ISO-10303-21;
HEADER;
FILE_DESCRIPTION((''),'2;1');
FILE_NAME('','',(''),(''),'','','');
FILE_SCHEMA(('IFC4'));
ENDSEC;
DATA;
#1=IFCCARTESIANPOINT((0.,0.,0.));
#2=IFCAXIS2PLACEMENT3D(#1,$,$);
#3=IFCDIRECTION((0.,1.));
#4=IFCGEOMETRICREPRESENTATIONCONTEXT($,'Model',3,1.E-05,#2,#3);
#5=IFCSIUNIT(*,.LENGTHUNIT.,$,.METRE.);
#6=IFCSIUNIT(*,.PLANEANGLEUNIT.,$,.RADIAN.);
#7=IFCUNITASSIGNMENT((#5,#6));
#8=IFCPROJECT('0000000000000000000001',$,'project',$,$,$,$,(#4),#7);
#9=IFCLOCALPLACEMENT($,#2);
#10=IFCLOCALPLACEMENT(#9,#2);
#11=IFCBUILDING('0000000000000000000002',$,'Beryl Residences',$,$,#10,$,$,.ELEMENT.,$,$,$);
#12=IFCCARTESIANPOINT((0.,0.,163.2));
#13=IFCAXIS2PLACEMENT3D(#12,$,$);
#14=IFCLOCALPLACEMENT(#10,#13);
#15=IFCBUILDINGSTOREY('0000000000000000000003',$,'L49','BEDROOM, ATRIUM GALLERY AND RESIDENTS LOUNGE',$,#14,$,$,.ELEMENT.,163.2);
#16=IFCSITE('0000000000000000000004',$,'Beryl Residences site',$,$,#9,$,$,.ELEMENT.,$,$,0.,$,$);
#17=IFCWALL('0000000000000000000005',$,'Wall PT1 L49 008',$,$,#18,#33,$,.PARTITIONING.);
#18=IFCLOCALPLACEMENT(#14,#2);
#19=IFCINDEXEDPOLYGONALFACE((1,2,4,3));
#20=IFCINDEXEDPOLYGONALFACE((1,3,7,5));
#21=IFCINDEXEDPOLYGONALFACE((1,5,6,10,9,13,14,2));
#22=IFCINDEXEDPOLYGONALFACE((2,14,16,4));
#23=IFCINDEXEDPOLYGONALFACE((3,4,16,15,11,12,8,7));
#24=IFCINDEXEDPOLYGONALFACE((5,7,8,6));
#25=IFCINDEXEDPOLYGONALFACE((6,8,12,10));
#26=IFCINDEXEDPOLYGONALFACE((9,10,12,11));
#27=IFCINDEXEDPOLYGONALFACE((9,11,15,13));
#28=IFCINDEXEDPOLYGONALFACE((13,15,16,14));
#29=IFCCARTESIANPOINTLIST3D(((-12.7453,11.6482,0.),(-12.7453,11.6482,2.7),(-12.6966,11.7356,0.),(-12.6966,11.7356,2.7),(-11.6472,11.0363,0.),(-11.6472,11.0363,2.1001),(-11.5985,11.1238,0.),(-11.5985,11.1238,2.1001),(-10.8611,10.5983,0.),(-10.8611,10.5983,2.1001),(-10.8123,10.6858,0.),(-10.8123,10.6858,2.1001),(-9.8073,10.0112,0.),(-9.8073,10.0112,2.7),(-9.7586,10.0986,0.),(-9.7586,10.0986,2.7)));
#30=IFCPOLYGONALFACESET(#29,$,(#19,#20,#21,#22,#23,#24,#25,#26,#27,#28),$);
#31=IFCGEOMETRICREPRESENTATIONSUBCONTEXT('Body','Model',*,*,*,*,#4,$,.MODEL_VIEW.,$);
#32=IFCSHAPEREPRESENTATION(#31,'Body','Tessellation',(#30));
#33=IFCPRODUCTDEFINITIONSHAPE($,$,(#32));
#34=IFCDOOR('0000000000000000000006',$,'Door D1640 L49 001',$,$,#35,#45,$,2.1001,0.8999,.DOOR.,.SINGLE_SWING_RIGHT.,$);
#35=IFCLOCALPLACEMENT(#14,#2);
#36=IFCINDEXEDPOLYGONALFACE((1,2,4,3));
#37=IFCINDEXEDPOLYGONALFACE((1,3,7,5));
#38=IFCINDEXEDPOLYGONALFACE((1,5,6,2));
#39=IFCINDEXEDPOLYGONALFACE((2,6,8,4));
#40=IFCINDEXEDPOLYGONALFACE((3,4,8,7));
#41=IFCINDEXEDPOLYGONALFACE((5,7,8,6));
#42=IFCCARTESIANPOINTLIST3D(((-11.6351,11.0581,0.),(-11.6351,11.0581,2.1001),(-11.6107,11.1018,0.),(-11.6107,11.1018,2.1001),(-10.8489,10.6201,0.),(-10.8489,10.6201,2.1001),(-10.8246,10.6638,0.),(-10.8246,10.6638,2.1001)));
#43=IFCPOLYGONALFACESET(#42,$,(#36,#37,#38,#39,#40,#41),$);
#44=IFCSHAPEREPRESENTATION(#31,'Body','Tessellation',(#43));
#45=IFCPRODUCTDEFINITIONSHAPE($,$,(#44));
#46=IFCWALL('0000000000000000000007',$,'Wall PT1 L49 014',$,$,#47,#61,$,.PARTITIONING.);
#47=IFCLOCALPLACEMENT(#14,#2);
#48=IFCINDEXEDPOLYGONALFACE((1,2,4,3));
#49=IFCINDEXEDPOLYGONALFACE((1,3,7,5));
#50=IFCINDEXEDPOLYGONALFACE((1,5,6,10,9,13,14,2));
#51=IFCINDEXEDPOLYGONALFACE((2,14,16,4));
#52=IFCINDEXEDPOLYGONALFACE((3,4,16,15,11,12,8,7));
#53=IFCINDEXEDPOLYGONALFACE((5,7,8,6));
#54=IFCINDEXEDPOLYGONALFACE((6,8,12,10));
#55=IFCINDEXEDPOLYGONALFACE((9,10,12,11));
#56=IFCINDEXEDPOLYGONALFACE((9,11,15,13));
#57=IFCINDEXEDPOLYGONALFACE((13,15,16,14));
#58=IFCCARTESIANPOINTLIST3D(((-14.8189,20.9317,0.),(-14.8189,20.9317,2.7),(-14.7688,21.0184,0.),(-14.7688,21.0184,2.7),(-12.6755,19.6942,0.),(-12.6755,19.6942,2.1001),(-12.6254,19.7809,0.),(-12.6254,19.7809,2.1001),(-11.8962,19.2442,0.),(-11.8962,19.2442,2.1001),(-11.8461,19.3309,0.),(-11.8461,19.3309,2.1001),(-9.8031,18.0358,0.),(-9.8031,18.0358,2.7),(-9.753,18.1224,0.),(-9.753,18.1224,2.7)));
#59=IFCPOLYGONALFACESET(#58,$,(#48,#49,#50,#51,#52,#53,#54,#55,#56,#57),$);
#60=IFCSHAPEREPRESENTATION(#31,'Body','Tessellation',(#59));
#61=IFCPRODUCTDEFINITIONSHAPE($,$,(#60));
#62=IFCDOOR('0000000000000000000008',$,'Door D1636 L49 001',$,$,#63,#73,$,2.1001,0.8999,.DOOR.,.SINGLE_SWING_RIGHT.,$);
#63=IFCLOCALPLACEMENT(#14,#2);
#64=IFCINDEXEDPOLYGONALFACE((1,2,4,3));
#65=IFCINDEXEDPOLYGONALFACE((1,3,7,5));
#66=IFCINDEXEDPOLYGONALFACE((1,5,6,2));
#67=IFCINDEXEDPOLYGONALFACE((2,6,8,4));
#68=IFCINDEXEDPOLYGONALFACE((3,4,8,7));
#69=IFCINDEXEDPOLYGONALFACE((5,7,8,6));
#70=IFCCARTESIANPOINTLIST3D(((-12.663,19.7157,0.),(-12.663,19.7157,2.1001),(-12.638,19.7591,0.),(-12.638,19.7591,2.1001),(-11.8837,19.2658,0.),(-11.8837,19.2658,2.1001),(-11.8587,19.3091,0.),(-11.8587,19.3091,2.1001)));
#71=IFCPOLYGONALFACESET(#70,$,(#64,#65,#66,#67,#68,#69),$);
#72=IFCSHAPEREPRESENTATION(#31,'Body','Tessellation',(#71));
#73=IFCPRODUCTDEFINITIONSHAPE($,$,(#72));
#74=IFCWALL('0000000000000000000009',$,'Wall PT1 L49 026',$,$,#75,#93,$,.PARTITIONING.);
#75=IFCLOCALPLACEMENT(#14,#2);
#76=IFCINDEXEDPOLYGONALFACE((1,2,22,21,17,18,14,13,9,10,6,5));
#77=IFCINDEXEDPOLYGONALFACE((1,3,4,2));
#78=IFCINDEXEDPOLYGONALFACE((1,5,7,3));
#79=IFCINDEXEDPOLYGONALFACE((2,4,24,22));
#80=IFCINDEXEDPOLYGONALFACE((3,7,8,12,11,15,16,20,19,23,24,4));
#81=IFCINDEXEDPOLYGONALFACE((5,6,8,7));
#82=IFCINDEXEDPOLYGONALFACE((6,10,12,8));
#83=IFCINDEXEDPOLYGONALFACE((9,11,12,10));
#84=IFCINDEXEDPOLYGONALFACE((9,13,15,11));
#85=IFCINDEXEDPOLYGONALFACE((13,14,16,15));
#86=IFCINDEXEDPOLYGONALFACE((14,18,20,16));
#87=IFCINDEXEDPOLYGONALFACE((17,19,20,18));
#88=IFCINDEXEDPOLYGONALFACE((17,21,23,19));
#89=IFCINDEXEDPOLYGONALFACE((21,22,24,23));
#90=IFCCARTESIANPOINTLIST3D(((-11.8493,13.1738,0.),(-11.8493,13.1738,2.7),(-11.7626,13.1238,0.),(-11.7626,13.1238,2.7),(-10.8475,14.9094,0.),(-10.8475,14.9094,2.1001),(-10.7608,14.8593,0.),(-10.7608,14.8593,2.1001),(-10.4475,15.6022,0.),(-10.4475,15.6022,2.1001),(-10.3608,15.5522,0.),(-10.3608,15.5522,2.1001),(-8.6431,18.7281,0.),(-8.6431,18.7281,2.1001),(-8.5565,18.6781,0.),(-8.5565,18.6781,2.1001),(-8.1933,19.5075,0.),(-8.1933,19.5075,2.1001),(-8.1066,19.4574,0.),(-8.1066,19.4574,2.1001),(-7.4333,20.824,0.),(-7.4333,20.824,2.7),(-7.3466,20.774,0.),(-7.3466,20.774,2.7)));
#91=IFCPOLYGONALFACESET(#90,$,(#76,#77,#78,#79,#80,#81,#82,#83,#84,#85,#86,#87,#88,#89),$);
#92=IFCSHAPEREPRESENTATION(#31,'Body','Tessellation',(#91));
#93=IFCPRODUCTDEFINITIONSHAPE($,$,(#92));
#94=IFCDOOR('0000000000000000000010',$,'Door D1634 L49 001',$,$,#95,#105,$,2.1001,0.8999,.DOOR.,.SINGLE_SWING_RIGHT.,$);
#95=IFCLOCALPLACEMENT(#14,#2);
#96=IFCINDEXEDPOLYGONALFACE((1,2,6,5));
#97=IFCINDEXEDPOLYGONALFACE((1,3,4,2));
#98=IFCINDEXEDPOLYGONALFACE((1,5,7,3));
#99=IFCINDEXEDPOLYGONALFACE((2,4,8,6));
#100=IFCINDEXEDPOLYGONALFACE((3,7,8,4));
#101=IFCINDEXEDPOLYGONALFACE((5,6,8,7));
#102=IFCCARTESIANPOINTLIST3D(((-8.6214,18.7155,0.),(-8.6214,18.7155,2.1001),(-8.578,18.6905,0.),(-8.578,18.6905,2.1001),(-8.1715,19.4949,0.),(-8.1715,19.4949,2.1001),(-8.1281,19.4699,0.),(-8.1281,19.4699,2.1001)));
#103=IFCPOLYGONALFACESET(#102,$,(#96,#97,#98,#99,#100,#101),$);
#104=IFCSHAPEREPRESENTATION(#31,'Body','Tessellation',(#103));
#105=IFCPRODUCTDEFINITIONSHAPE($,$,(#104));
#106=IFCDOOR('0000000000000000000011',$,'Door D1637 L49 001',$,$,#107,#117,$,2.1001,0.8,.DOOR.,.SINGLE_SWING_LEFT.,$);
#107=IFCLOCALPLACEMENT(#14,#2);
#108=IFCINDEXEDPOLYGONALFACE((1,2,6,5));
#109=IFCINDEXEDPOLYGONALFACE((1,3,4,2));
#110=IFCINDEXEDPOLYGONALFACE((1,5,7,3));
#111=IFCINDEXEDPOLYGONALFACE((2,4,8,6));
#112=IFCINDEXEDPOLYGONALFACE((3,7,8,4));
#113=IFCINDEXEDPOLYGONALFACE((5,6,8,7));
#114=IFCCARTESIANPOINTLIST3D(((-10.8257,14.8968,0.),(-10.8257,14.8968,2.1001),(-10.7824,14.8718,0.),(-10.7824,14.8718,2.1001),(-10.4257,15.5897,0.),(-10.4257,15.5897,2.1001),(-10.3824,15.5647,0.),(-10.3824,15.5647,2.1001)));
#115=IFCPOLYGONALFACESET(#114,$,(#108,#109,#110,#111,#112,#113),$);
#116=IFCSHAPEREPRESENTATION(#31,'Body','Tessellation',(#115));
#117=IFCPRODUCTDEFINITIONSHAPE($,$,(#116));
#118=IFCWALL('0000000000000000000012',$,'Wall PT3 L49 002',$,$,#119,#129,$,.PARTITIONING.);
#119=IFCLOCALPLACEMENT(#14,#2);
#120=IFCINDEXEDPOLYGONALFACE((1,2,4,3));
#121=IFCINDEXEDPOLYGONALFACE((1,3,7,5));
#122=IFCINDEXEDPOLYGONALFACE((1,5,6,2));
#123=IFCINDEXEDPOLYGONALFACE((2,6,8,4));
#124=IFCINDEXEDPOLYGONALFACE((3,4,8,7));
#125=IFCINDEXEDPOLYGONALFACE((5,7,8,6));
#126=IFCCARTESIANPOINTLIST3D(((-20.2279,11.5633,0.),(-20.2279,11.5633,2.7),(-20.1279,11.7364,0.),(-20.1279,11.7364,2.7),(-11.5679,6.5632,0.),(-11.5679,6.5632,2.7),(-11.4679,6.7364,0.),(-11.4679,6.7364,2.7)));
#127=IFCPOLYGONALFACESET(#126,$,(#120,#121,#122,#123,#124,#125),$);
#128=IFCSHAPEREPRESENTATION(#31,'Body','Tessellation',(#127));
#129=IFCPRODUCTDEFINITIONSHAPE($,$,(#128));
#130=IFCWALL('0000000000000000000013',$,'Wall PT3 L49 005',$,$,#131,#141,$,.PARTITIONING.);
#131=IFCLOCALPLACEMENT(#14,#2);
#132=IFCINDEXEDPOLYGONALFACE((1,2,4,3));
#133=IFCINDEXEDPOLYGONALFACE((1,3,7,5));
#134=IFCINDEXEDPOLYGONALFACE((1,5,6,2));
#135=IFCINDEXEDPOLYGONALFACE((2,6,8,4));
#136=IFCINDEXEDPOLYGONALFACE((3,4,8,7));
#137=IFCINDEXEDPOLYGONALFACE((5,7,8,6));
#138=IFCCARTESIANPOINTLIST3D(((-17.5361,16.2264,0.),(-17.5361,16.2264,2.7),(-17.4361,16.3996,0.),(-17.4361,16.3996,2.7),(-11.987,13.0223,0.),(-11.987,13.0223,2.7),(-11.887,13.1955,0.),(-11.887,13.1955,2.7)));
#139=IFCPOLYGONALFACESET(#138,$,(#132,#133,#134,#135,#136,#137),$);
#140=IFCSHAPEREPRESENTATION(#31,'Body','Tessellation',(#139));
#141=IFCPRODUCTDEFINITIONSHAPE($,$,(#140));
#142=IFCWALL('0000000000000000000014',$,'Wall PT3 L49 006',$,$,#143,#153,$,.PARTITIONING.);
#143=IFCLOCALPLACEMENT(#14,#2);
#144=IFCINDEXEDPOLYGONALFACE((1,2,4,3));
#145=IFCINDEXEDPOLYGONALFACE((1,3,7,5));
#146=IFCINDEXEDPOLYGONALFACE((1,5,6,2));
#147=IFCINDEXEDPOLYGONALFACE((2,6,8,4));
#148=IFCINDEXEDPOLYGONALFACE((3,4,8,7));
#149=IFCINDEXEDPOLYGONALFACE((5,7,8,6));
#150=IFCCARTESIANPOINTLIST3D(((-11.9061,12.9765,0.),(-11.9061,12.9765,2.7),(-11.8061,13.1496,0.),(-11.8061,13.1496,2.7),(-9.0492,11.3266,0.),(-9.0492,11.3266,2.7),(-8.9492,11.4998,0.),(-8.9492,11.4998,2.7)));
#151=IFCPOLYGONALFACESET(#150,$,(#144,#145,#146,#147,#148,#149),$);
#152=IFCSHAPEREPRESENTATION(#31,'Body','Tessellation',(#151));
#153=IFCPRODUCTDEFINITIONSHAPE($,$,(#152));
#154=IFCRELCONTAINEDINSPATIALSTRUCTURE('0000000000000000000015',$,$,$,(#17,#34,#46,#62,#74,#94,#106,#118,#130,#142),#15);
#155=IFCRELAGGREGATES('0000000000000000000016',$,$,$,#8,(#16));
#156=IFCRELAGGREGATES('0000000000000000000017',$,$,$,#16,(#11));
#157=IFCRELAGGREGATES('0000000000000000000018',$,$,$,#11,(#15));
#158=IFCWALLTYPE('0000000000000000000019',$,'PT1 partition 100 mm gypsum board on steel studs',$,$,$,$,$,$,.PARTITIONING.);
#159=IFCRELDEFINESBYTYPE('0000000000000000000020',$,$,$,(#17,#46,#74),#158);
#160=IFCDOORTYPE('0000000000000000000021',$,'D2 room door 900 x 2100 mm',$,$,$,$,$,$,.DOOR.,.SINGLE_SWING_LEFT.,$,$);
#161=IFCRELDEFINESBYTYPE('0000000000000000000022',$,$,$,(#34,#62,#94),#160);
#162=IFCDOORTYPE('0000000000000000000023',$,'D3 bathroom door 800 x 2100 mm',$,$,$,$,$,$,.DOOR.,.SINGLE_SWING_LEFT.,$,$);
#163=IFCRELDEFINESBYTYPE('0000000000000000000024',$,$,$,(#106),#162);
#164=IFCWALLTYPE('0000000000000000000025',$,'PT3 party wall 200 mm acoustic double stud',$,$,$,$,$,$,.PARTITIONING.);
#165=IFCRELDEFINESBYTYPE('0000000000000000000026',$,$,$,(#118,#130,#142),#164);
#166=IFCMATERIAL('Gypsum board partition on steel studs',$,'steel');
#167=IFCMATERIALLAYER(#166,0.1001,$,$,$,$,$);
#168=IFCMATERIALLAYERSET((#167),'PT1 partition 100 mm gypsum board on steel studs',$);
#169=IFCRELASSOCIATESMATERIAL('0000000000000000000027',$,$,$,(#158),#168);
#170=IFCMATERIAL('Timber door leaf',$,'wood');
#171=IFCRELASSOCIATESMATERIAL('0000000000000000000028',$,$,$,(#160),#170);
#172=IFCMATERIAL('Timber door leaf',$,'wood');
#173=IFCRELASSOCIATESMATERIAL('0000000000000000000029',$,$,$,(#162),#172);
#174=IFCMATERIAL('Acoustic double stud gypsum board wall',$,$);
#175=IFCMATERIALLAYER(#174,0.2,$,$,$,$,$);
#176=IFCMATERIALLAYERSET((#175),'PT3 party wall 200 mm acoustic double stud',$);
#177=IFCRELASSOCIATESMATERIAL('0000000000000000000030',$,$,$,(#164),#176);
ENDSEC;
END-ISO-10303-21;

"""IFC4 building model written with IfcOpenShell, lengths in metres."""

from ifc_helpers import new_model, si_unit, direction, frame, frame_2d, origin, place, context, subcontext, project, spatial, rectangle, extrude, material, layer, layer_set, type_object, element, fill, save


model = new_model("IFC4")

# Units and contexts
model_context = context("Model", 3, precision=1e-05, world=origin(), true_north=direction((0.0, 1.0)))
body_context = subcontext(model_context, "Body", "Model", "MODEL_VIEW")
ifc_project = project(units=[si_unit("LENGTHUNIT", "METRE"), si_unit("PLANEANGLEUNIT", "RADIAN")], contexts=[model_context])

# Site, building, storey
site_placement = place(None, origin())
site = spatial("IfcSite", under=ifc_project, at=site_placement, Name="Beryl Residences site", CompositionType="ELEMENT", RefElevation=0.0)
building_placement = place(site_placement, origin())
building = spatial("IfcBuilding", under=site, at=building_placement, Name="Beryl Residences", CompositionType="ELEMENT")
storey_placement = place(building_placement, frame((0.0, 0.0, 163.2)))
storey = spatial("IfcBuildingStorey", under=building, at=storey_placement, Name="L49", Description="BEDROOM, ATRIUM GALLERY AND RESIDENTS LOUNGE", CompositionType="ELEMENT", Elevation=163.2)

# Walls, openings, doors
ifc_material_1 = material(Name="Gypsum board partition on steel studs", Category="steel")
ifc_layer_1 = layer(ifc_material_1, 0.1001)
ifc_layer_set_1 = layer_set([ifc_layer_1], Name="PT1 partition 100 mm gypsum board on steel studs")
wall_type_1 = type_object("IfcWallType", Name="PT1 partition 100 mm gypsum board on steel studs", PredefinedType="PARTITIONING", material=ifc_layer_set_1)
wall_1_placement = place(storey_placement, frame((-12.7209, 11.6919, 0.0), z_axis=(0.0, 0.0, 1.0), x_axis=(0.873557, -0.486721, 0.0)))
wall_1 = element("IfcWall", 1, at=wall_1_placement, inside=storey, type_object=wall_type_1, Name="Wall PT1 L49 008", PredefinedType="PARTITIONING", context=body_context, shape_type="SweptSolid", body=[
    extrude(rectangle(XDim=3.3633, YDim=0.1001, at=frame_2d((1.6816, 0.0))), origin(), (0.0, 0.0, 1.0), 2.7),
])
opening_1_placement = place(wall_1_placement, frame((1.2571, 0.0, 0.0)))
opening_1 = element("IfcOpeningElement", 2, at=opening_1_placement, cuts=wall_1, PredefinedType="OPENING", context=body_context, shape_type="SweptSolid", body=[
    extrude(rectangle(XDim=0.8999, YDim=2.1001, at=frame_2d((0.45, 1.05))), frame((0.0, 0.0601, 0.0), z_axis=(0.0, -1.0, 0.0), x_axis=(1.0, 0.0, 0.0)), (0.0, 0.0, 1.0), 0.1201),
])
ifc_material_2 = material(Name="Timber door leaf", Category="wood")
door_type_1 = type_object("IfcDoorType", Name="D2 room door 900 x 2100 mm", OperationType="SINGLE_SWING_LEFT", PredefinedType="DOOR", material=ifc_material_2)
door_1_placement = place(opening_1_placement, origin())
door_1 = element("IfcDoor", 3, at=door_1_placement, inside=storey, type_object=door_type_1, Name="Door D1640 L49 001", OperationType="SINGLE_SWING_RIGHT", OverallHeight=2.1001, OverallWidth=0.8999, PredefinedType="DOOR", context=body_context, shape_type="SweptSolid", body=[
    extrude(rectangle(XDim=0.8999, YDim=2.1001, at=frame_2d((0.45, 1.05))), frame((0.0, 0.0249, 0.0), z_axis=(0.0, -1.0, 0.0), x_axis=(1.0, 0.0, 0.0)), (0.0, 0.0, 1.0), 0.05),
])
fill(opening_1, door_1)
wall_2_placement = place(storey_placement, frame((-14.7939, 20.9751, 0.0), z_axis=(0.0, 0.0, 1.0), x_axis=(0.866019, -0.500011, 0.0)))
wall_2 = element("IfcWall", 4, at=wall_2_placement, inside=storey, type_object=wall_type_1, Name="Wall PT1 L49 014", PredefinedType="PARTITIONING", context=body_context, shape_type="SweptSolid", body=[
    extrude(rectangle(XDim=5.7917, YDim=0.1001, at=frame_2d((2.896, 0.0))), origin(), (0.0, 0.0, 1.0), 2.7),
])
opening_2_placement = place(wall_2_placement, frame((2.4751, 0.0, 0.0)))
opening_2 = element("IfcOpeningElement", 5, at=opening_2_placement, cuts=wall_2, PredefinedType="OPENING", context=body_context, shape_type="SweptSolid", body=[
    extrude(rectangle(XDim=0.8999, YDim=2.1001, at=frame_2d((0.45, 1.05))), frame((0.0, 0.0601, 0.0), z_axis=(0.0, -1.0, 0.0), x_axis=(1.0, 0.0, 0.0)), (0.0, 0.0, 1.0), 0.1201),
])
door_2_placement = place(opening_2_placement, origin())
door_2 = element("IfcDoor", 6, at=door_2_placement, inside=storey, type_object=door_type_1, Name="Door D1636 L49 001", OperationType="SINGLE_SWING_RIGHT", OverallHeight=2.1001, OverallWidth=0.8999, PredefinedType="DOOR", context=body_context, shape_type="SweptSolid", body=[
    extrude(rectangle(XDim=0.8999, YDim=2.1001, at=frame_2d((0.45, 1.05))), frame((0.0, 0.0249, 0.0), z_axis=(0.0, -1.0, 0.0), x_axis=(1.0, 0.0, 0.0)), (0.0, 0.0, 1.0), 0.05),
])
fill(opening_2, door_2)

# Wall, openings, doors
wall_3_placement = place(storey_placement, frame((-11.8059, 13.1489, 0.0), z_axis=(0.0, 0.0, 1.0), x_axis=(0.499932, 0.866065, 0.0)))
wall_3 = element("IfcWall", 7, at=wall_3_placement, inside=storey, type_object=wall_type_1, Name="Wall PT1 L49 026", PredefinedType="PARTITIONING", context=body_context, shape_type="SweptSolid", body=[
    extrude(rectangle(XDim=8.8333, YDim=0.1001, at=frame_2d((4.4165, 0.0))), origin(), (0.0, 0.0, 1.0), 2.7),
])
opening_3_placement = place(wall_3_placement, frame((6.4131, 0.0, 0.0)))
opening_3 = element("IfcOpeningElement", 8, at=opening_3_placement, cuts=wall_3, PredefinedType="OPENING", context=body_context, shape_type="SweptSolid", body=[
    extrude(rectangle(XDim=0.8999, YDim=2.1001, at=frame_2d((0.45, 1.05))), frame((0.0, 0.0601, 0.0), z_axis=(0.0, -1.0, 0.0), x_axis=(1.0, 0.0, 0.0)), (0.0, 0.0, 1.0), 0.1201),
])
opening_4_placement = place(wall_3_placement, frame((2.0039, 0.0, 0.0)))
opening_4 = element("IfcOpeningElement", 9, at=opening_4_placement, cuts=wall_3, PredefinedType="OPENING", context=body_context, shape_type="SweptSolid", body=[
    extrude(rectangle(XDim=0.8, YDim=2.1001, at=frame_2d((0.3999, 1.05))), frame((0.0, 0.0601, 0.0), z_axis=(0.0, -1.0, 0.0), x_axis=(1.0, 0.0, 0.0)), (0.0, 0.0, 1.0), 0.1201),
])
door_3_placement = place(opening_3_placement, origin())
door_3 = element("IfcDoor", 10, at=door_3_placement, inside=storey, type_object=door_type_1, Name="Door D1634 L49 001", OperationType="SINGLE_SWING_RIGHT", OverallHeight=2.1001, OverallWidth=0.8999, PredefinedType="DOOR", context=body_context, shape_type="SweptSolid", body=[
    extrude(rectangle(XDim=0.8999, YDim=2.1001, at=frame_2d((0.45, 1.05))), frame((0.0, 0.0249, 0.0), z_axis=(0.0, -1.0, 0.0), x_axis=(1.0, 0.0, 0.0)), (0.0, 0.0, 1.0), 0.05),
])
fill(opening_3, door_3)
ifc_material_3 = material(Name="Timber door leaf", Category="wood")
door_type_2 = type_object("IfcDoorType", Name="D3 bathroom door 800 x 2100 mm", OperationType="SINGLE_SWING_LEFT", PredefinedType="DOOR", material=ifc_material_3)
door_4_placement = place(opening_4_placement, origin())
door_4 = element("IfcDoor", 11, at=door_4_placement, inside=storey, type_object=door_type_2, Name="Door D1637 L49 001", OperationType="SINGLE_SWING_LEFT", OverallHeight=2.1001, OverallWidth=0.8, PredefinedType="DOOR", context=body_context, shape_type="SweptSolid", body=[
    extrude(rectangle(XDim=0.8, YDim=2.1001, at=frame_2d((0.3999, 1.05))), frame((0.0, 0.0249, 0.0), z_axis=(0.0, -1.0, 0.0), x_axis=(1.0, 0.0, 0.0)), (0.0, 0.0, 1.0), 0.05),
])
fill(opening_4, door_4)

# Walls
ifc_material_4 = material(Name="Acoustic double stud gypsum board wall")
ifc_layer_2 = layer(ifc_material_4, 0.2)
ifc_layer_set_2 = layer_set([ifc_layer_2], Name="PT3 party wall 200 mm acoustic double stud")
wall_type_2 = type_object("IfcWallType", Name="PT3 party wall 200 mm acoustic double stud", PredefinedType="PARTITIONING", material=ifc_layer_set_2)
wall_4_placement = place(storey_placement, frame((-20.178, 11.6499, 0.0), z_axis=(0.0, 0.0, 1.0), x_axis=(0.866017, -0.500015, 0.0)))
element("IfcWall", 12, at=wall_4_placement, inside=storey, type_object=wall_type_2, Name="Wall PT3 L49 002", PredefinedType="PARTITIONING", context=body_context, shape_type="SweptSolid", body=[
    extrude(rectangle(XDim=9.9998, YDim=0.2, at=frame_2d((5.0, 0.0))), origin(), (0.0, 0.0, 1.0), 2.7),
])
wall_5_placement = place(storey_placement, frame((-17.4861, 16.313, 0.0), z_axis=(0.0, 0.0, 1.0), x_axis=(0.866002, -0.50004, 0.0)))
element("IfcWall", 13, at=wall_5_placement, inside=storey, type_object=wall_type_2, Name="Wall PT3 L49 005", PredefinedType="PARTITIONING", context=body_context, shape_type="SweptSolid", body=[
    extrude(rectangle(XDim=6.4077, YDim=0.2, at=frame_2d((3.2039, 0.0))), origin(), (0.0, 0.0, 1.0), 2.7),
])
wall_6_placement = place(storey_placement, frame((-11.856, 13.063, 0.0), z_axis=(0.0, 0.0, 1.0), x_axis=(0.865966, -0.500103, 0.0)))
element("IfcWall", 14, at=wall_6_placement, inside=storey, type_object=wall_type_2, Name="Wall PT3 L49 006", PredefinedType="PARTITIONING", context=body_context, shape_type="SweptSolid", body=[
    extrude(rectangle(XDim=3.2991, YDim=0.2, at=frame_2d((1.6494, 0.0))), origin(), (0.0, 0.0, 1.0), 2.7),
])

save(model, "model.ifc")
